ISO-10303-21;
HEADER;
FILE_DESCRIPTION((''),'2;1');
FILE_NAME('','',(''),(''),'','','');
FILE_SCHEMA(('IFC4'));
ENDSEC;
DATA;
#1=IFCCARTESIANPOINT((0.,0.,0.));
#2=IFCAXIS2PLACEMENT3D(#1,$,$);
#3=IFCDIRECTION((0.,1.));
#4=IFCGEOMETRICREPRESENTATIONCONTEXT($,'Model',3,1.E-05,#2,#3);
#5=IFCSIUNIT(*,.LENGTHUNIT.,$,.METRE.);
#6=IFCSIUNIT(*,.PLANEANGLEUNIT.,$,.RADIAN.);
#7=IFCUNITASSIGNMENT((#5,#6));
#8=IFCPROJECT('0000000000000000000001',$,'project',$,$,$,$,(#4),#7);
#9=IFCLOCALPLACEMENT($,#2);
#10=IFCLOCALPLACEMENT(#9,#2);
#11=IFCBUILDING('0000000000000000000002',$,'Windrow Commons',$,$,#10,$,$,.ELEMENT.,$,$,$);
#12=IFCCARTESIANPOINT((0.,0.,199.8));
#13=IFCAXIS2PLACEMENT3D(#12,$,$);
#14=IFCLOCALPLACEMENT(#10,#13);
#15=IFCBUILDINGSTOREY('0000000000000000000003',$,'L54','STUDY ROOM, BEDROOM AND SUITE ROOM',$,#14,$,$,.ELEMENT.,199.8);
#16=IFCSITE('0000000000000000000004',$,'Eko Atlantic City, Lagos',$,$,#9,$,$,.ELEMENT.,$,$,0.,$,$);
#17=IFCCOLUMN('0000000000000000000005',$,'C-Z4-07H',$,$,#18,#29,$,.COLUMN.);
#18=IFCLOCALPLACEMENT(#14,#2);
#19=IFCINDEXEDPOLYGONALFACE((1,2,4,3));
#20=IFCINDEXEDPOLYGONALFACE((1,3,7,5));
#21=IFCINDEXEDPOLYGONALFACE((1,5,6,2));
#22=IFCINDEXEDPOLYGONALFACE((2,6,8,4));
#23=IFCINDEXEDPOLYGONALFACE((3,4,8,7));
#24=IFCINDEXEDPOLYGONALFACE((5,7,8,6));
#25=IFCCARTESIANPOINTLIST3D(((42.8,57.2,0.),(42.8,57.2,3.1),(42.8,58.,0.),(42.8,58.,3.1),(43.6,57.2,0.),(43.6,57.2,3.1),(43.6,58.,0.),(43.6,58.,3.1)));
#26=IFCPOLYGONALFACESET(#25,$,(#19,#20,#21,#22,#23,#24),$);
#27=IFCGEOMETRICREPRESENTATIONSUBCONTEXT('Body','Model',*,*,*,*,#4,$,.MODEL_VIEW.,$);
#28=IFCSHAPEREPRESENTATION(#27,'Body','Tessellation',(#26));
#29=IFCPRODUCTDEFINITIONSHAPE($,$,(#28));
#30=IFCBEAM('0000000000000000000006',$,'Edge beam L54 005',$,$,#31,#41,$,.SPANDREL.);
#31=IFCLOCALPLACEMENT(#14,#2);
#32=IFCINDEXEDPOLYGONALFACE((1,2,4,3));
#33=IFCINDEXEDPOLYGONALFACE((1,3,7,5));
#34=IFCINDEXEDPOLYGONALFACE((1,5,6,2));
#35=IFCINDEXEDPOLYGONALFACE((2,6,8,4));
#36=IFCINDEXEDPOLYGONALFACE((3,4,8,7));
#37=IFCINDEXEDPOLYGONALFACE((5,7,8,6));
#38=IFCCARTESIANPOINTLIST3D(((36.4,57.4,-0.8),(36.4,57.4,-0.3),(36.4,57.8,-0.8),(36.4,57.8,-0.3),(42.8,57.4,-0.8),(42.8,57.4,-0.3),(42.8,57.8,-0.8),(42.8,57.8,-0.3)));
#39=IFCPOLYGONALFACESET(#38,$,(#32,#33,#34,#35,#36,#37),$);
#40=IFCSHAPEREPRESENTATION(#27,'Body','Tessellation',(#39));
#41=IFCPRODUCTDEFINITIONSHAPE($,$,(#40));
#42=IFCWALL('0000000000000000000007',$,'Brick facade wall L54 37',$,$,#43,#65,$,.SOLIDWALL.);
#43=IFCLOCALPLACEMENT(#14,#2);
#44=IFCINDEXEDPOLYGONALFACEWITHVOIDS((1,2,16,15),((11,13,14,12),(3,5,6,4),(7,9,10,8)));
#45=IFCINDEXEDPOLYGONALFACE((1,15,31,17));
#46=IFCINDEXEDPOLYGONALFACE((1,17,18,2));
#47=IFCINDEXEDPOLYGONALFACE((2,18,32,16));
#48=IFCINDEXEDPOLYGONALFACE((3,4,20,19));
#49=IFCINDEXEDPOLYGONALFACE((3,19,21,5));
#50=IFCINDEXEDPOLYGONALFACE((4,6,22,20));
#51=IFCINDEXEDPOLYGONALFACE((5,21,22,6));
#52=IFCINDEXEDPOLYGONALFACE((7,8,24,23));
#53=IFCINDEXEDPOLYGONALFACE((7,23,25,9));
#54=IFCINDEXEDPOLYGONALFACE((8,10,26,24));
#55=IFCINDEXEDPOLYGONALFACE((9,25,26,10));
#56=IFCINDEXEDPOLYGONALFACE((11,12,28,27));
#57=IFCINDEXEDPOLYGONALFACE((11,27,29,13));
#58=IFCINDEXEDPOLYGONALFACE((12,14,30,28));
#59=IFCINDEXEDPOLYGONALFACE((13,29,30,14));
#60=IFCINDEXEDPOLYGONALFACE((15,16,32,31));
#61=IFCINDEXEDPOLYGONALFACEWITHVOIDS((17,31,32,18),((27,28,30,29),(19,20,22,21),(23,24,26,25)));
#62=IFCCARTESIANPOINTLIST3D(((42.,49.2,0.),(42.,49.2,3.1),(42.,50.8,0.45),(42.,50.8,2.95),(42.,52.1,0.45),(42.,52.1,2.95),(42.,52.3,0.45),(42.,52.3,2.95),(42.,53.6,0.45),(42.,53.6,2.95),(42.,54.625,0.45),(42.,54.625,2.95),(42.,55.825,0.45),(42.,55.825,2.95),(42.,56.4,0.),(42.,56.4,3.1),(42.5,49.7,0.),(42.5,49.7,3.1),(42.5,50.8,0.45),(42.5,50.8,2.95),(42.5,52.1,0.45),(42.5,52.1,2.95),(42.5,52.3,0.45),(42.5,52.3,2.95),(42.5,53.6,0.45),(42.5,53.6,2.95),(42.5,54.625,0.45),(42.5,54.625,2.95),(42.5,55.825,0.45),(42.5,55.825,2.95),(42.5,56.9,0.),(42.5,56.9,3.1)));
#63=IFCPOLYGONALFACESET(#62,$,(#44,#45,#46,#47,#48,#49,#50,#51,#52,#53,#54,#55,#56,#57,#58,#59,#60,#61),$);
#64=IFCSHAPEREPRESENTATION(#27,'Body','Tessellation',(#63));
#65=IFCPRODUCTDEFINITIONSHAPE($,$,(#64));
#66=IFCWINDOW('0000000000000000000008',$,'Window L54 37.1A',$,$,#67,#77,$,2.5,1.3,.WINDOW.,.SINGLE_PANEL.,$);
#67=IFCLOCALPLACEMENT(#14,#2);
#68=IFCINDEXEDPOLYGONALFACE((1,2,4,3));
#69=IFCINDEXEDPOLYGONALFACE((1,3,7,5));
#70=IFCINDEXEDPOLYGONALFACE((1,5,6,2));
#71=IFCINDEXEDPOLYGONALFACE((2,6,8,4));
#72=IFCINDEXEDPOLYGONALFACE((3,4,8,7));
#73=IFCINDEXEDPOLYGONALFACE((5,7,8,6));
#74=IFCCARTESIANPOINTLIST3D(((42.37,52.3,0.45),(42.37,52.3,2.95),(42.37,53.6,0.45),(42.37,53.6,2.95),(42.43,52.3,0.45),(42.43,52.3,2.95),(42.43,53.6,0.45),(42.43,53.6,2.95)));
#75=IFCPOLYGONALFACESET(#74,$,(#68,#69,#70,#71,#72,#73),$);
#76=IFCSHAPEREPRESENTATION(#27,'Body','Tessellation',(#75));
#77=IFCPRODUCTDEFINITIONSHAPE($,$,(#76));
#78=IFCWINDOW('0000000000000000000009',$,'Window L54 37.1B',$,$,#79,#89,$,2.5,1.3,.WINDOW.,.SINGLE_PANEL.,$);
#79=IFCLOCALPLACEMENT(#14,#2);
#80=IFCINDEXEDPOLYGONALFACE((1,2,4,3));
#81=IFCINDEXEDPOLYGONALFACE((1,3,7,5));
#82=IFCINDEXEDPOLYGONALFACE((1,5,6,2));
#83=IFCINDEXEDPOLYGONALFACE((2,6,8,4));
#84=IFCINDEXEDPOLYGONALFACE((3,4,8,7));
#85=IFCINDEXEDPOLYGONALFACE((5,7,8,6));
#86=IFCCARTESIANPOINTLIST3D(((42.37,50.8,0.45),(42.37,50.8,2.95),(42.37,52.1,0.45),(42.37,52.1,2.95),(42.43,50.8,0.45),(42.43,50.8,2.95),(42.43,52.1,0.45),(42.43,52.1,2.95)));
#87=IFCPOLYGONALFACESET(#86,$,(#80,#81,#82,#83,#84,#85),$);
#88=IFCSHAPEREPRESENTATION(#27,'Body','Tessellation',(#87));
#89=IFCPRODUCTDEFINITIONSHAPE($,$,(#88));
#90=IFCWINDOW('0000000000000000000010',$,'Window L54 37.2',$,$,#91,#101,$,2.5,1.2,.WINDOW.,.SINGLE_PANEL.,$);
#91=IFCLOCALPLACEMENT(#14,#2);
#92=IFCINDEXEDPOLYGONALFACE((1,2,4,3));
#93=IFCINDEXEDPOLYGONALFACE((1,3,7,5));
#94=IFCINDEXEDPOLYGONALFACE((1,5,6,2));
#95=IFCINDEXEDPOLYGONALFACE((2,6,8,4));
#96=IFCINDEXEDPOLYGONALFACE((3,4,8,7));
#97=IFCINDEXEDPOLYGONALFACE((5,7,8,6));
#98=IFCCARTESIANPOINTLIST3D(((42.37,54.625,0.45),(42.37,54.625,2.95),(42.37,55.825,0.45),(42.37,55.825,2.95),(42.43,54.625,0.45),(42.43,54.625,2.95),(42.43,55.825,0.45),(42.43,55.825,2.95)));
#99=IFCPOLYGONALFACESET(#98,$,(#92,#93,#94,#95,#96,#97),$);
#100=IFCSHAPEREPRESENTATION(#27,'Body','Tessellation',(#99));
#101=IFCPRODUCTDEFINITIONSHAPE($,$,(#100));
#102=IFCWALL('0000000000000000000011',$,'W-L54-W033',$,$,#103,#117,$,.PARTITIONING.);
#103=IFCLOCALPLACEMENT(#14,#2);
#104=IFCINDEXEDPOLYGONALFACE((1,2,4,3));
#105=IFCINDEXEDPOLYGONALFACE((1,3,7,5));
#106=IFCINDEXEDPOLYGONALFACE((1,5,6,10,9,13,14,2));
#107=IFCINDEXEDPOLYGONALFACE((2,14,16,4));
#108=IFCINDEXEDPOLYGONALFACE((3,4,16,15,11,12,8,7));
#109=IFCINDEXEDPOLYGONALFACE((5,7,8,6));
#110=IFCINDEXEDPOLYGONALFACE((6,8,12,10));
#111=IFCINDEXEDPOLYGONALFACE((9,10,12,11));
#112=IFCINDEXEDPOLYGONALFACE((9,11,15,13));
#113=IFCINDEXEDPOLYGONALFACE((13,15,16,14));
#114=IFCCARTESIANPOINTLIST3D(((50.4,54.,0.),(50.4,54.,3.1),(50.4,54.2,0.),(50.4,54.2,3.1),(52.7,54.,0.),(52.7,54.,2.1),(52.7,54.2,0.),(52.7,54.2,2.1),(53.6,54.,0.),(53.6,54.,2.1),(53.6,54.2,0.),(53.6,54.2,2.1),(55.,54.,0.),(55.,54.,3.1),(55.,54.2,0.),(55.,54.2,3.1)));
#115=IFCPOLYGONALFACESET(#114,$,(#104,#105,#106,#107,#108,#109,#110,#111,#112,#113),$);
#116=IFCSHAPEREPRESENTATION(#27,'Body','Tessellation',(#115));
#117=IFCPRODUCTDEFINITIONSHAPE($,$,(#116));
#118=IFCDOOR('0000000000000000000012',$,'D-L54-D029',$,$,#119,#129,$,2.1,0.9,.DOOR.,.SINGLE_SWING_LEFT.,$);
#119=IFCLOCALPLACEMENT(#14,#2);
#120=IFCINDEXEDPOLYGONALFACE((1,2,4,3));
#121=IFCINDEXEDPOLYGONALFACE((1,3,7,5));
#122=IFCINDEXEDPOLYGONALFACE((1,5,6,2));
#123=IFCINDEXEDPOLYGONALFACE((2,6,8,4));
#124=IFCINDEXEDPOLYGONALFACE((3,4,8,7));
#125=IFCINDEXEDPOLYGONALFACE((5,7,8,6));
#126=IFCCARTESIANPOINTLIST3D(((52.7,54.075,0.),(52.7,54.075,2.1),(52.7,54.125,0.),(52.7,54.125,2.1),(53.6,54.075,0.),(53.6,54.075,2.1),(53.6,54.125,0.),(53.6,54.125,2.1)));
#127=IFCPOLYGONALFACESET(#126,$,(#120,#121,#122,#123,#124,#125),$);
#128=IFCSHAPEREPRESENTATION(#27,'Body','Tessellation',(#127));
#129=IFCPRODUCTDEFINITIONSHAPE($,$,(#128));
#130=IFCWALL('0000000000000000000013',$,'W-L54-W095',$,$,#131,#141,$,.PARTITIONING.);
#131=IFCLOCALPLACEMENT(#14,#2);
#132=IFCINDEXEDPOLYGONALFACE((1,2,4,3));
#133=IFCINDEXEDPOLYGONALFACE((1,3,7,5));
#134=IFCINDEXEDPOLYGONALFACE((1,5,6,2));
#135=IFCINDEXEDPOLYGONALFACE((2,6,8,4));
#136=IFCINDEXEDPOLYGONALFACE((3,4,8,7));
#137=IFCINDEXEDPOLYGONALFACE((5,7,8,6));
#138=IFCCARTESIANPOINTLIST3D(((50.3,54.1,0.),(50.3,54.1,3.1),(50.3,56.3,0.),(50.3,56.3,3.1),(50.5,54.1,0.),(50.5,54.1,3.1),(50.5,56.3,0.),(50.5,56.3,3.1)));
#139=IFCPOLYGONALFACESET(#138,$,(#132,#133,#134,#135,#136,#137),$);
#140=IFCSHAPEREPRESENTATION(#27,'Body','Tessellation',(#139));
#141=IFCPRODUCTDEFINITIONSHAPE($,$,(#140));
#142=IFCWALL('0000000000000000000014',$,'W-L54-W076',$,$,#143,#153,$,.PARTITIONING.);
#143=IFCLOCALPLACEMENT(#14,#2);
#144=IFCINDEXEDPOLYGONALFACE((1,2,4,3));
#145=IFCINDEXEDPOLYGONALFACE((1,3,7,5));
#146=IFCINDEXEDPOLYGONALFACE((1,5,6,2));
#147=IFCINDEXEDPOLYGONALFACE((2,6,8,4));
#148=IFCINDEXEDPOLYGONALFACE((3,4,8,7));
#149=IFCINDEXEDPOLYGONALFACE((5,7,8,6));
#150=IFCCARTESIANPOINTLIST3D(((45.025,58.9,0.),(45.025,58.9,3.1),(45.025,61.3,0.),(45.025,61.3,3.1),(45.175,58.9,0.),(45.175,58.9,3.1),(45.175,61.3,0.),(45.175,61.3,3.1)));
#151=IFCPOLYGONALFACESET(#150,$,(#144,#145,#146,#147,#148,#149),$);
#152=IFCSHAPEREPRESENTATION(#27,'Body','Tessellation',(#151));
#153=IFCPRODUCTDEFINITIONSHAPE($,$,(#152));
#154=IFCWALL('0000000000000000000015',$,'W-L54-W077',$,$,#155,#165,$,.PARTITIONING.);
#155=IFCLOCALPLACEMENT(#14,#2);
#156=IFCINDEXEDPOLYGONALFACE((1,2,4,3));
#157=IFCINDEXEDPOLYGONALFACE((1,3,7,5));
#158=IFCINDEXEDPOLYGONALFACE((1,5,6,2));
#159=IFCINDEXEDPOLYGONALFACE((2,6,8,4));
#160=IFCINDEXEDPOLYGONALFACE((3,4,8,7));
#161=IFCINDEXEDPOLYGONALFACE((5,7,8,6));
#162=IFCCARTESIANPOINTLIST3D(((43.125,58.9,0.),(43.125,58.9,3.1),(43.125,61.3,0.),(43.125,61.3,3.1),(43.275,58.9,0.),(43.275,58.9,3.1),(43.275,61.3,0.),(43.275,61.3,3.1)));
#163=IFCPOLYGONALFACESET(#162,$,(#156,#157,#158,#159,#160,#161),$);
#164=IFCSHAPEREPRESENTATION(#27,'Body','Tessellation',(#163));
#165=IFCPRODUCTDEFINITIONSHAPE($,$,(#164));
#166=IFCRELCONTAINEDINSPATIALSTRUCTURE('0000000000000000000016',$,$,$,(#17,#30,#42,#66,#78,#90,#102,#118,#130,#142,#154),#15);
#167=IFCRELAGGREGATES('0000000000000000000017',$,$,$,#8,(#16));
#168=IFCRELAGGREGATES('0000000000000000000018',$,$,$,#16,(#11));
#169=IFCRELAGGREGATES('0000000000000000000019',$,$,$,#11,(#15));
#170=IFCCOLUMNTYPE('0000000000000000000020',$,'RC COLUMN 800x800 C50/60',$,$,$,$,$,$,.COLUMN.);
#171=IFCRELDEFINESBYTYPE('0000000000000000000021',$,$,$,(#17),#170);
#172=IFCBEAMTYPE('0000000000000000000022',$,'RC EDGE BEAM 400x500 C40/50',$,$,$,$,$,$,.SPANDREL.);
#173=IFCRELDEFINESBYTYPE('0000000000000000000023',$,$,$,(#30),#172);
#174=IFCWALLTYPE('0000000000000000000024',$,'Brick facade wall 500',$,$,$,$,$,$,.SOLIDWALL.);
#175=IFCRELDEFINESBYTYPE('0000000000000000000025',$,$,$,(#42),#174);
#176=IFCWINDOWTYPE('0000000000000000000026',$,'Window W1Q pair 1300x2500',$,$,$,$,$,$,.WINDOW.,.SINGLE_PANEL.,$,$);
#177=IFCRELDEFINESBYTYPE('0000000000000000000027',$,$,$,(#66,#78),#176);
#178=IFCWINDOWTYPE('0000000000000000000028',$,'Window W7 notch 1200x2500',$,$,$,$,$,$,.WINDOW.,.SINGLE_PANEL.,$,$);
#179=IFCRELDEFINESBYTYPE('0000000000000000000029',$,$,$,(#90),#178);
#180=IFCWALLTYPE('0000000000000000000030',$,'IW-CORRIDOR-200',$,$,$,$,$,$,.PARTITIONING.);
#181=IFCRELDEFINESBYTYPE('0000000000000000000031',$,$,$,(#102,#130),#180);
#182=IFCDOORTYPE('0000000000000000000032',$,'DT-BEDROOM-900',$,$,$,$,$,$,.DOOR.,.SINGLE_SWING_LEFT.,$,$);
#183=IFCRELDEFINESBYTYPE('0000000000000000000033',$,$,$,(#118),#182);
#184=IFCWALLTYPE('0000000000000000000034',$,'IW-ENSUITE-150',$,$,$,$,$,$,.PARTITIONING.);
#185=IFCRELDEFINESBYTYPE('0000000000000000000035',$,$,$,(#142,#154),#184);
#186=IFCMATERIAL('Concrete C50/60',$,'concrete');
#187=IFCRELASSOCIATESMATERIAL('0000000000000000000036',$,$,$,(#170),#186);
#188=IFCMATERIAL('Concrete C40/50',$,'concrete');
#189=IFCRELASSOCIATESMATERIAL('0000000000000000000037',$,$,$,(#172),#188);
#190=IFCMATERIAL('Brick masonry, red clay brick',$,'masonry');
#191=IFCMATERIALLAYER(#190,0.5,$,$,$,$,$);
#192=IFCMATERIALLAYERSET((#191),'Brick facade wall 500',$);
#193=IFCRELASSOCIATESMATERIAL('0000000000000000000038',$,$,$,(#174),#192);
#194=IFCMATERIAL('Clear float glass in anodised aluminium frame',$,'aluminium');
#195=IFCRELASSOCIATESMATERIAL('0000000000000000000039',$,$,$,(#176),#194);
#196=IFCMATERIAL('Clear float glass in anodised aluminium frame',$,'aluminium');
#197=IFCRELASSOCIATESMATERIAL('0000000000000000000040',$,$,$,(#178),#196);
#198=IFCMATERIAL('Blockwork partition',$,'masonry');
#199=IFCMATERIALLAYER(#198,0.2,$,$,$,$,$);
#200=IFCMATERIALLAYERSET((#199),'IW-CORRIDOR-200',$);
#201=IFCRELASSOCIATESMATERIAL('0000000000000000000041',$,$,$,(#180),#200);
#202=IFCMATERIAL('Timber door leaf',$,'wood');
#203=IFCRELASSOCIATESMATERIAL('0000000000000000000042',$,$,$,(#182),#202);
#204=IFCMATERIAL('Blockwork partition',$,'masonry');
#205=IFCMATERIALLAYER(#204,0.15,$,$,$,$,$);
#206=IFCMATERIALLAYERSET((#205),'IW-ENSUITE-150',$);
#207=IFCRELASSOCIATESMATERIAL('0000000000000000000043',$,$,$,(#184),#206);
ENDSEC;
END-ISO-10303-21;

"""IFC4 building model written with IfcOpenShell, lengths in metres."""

from ifc_helpers import new_model, si_unit, direction, frame, frame_2d, origin, origin_2d, place, context, subcontext, project, spatial, polyline, rectangle, outline, extrude, material, layer, layer_set, material_profile, profile_set, type_object, element, fill, save


model = new_model("IFC4")

# Units and contexts
model_context = context("Model", 3, precision=1e-05, world=origin(), true_north=direction((0.0, 1.0)))
body_context = subcontext(model_context, "Body", "Model", "MODEL_VIEW")
ifc_project = project(units=[si_unit("LENGTHUNIT", "METRE"), si_unit("PLANEANGLEUNIT", "RADIAN")], contexts=[model_context])

# Site, building, storey
site_placement = place(None, origin())
site = spatial("IfcSite", under=ifc_project, at=site_placement, Name="Eko Atlantic City, Lagos", CompositionType="ELEMENT", RefElevation=0.0)
building_placement = place(site_placement, origin())
building = spatial("IfcBuilding", under=site, at=building_placement, Name="Windrow Commons", CompositionType="ELEMENT")
storey_placement = place(building_placement, frame((0.0, 0.0, 199.8)))
storey = spatial("IfcBuildingStorey", under=building, at=storey_placement, Name="L54", Description="STUDY ROOM, BEDROOM AND SUITE ROOM", CompositionType="ELEMENT", Elevation=199.8)

# Column
ifc_material_1 = material(Name="Concrete C50/60", Category="concrete")
ifc_material_profile_1 = material_profile(ifc_material_1, rectangle(XDim=0.8, YDim=0.8, at=origin_2d()))
ifc_profile_set_1 = profile_set([ifc_material_profile_1], Name="Concrete C50/60")
column_type = type_object("IfcColumnType", Name="RC COLUMN 800x800 C50/60", PredefinedType="COLUMN", material=ifc_profile_set_1)
column_placement = place(storey_placement, frame((43.2, 57.6, 0.0), z_axis=(0.0, 0.0, 1.0), x_axis=(1.0, 0.0, 0.0)))
element("IfcColumn", 1, at=column_placement, inside=storey, type_object=column_type, Name="C-Z4-07H", PredefinedType="COLUMN", context=body_context, shape_type="SweptSolid", body=[
    extrude(rectangle(XDim=0.8, YDim=0.8, at=origin_2d()), origin(), (0.0, 0.0, 1.0), 3.1),
])

# Beam
ifc_material_2 = material(Name="Concrete C40/50", Category="concrete")
ifc_material_profile_2 = material_profile(ifc_material_2, rectangle(XDim=0.4, YDim=0.5, at=origin_2d()))
ifc_profile_set_2 = profile_set([ifc_material_profile_2], Name="Concrete C40/50")
beam_type = type_object("IfcBeamType", Name="RC EDGE BEAM 400x500 C40/50", PredefinedType="SPANDREL", material=ifc_profile_set_2)
beam_placement = place(storey_placement, frame((42.8, 57.6, -0.55), z_axis=(-1.0, 0.0, 0.0), x_axis=(0.0, -1.0, 0.0)))
element("IfcBeam", 2, at=beam_placement, inside=storey, type_object=beam_type, Name="Edge beam L54 005", PredefinedType="SPANDREL", context=body_context, shape_type="SweptSolid", body=[
    extrude(rectangle(XDim=0.4, YDim=0.5, at=origin_2d()), origin(), (0.0, 0.0, 1.0), 6.4),
])

# Wall, openings, windows
ifc_material_3 = material(Name="Brick masonry, red clay brick", Category="masonry")
ifc_layer_1 = layer(ifc_material_3, 0.5)
ifc_layer_set_1 = layer_set([ifc_layer_1], Name="Brick facade wall 500")
wall_type_1 = type_object("IfcWallType", Name="Brick facade wall 500", PredefinedType="SOLIDWALL", material=ifc_layer_set_1)
wall_1_placement = place(storey_placement, frame((42.25, 56.65, 0.0), z_axis=(0.0, 0.0, 1.0), x_axis=(0.0, -1.0, 0.0)))
wall_1 = element("IfcWall", 3, at=wall_1_placement, inside=storey, type_object=wall_type_1, Name="Brick facade wall L54 37", PredefinedType="SOLIDWALL", context=body_context, shape_type="SweptSolid", body=[
    extrude(outline(polyline([(0.25, -0.25), (7.45, -0.25), (6.95, 0.25), (-0.25, 0.25), (0.25, -0.25)])), origin(), (0.0, 0.0, 1.0), 3.1),
])
opening_1_placement = place(wall_1_placement, frame((3.05, 0.0, 0.45)))
opening_1 = element("IfcOpeningElement", 4, at=opening_1_placement, cuts=wall_1, PredefinedType="OPENING", context=body_context, shape_type="SweptSolid", body=[
    extrude(rectangle(XDim=1.3, YDim=2.5, at=frame_2d((0.65, 1.25))), frame((0.0, 0.26, 0.0), z_axis=(0.0, -1.0, 0.0), x_axis=(1.0, 0.0, 0.0)), (0.0, 0.0, 1.0), 0.52),
])
opening_2_placement = place(wall_1_placement, frame((4.55, 0.0, 0.45)))
opening_2 = element("IfcOpeningElement", 5, at=opening_2_placement, cuts=wall_1, PredefinedType="OPENING", context=body_context, shape_type="SweptSolid", body=[
    extrude(rectangle(XDim=1.3, YDim=2.5, at=frame_2d((0.65, 1.25))), frame((0.0, 0.26, 0.0), z_axis=(0.0, -1.0, 0.0), x_axis=(1.0, 0.0, 0.0)), (0.0, 0.0, 1.0), 0.52),
])
opening_3_placement = place(wall_1_placement, frame((0.825, 0.0, 0.45)))
opening_3 = element("IfcOpeningElement", 6, at=opening_3_placement, cuts=wall_1, PredefinedType="OPENING", context=body_context, shape_type="SweptSolid", body=[
    extrude(rectangle(XDim=1.2, YDim=2.5, at=frame_2d((0.6, 1.25))), frame((0.0, 0.26, 0.0), z_axis=(0.0, -1.0, 0.0), x_axis=(1.0, 0.0, 0.0)), (0.0, 0.0, 1.0), 0.52),
])
ifc_material_4 = material(Name="Clear float glass in anodised aluminium frame", Category="aluminium")
window_type_1 = type_object("IfcWindowType", Name="Window W1Q pair 1300x2500", PartitioningType="SINGLE_PANEL", PredefinedType="WINDOW", material=ifc_material_4)
window_1_placement = place(opening_1_placement, origin())
window_1 = element("IfcWindow", 7, at=window_1_placement, inside=storey, type_object=window_type_1, Name="Window L54 37.1A", OverallHeight=2.5, OverallWidth=1.3, PartitioningType="SINGLE_PANEL", PredefinedType="WINDOW", context=body_context, shape_type="SweptSolid", body=[
    extrude(rectangle(XDim=1.3, YDim=2.5, at=frame_2d((0.65, 1.25))), frame((0.0, 0.18, 0.0), z_axis=(0.0, -1.0, 0.0), x_axis=(1.0, 0.0, 0.0)), (0.0, 0.0, 1.0), 0.06),
])
fill(opening_1, window_1)
window_2_placement = place(opening_2_placement, origin())
window_2 = element("IfcWindow", 8, at=window_2_placement, inside=storey, type_object=window_type_1, Name="Window L54 37.1B", OverallHeight=2.5, OverallWidth=1.3, PartitioningType="SINGLE_PANEL", PredefinedType="WINDOW", context=body_context, shape_type="SweptSolid", body=[
    extrude(rectangle(XDim=1.3, YDim=2.5, at=frame_2d((0.65, 1.25))), frame((0.0, 0.18, 0.0), z_axis=(0.0, -1.0, 0.0), x_axis=(1.0, 0.0, 0.0)), (0.0, 0.0, 1.0), 0.06),
])
fill(opening_2, window_2)
ifc_material_5 = material(Name="Clear float glass in anodised aluminium frame", Category="aluminium")
window_type_2 = type_object("IfcWindowType", Name="Window W7 notch 1200x2500", PartitioningType="SINGLE_PANEL", PredefinedType="WINDOW", material=ifc_material_5)
window_3_placement = place(opening_3_placement, origin())
window_3 = element("IfcWindow", 9, at=window_3_placement, inside=storey, type_object=window_type_2, Name="Window L54 37.2", OverallHeight=2.5, OverallWidth=1.2, PartitioningType="SINGLE_PANEL", PredefinedType="WINDOW", context=body_context, shape_type="SweptSolid", body=[
    extrude(rectangle(XDim=1.2, YDim=2.5, at=frame_2d((0.6, 1.25))), frame((0.0, 0.18, 0.0), z_axis=(0.0, -1.0, 0.0), x_axis=(1.0, 0.0, 0.0)), (0.0, 0.0, 1.0), 0.06),
])
fill(opening_3, window_3)

# Wall, opening, door
ifc_material_6 = material(Name="Blockwork partition", Category="masonry")
ifc_layer_2 = layer(ifc_material_6, 0.2)
ifc_layer_set_2 = layer_set([ifc_layer_2], Name="IW-CORRIDOR-200")
wall_type_2 = type_object("IfcWallType", Name="IW-CORRIDOR-200", PredefinedType="PARTITIONING", material=ifc_layer_set_2)
wall_2_placement = place(storey_placement, frame((50.4, 54.1, 0.0), z_axis=(0.0, 0.0, 1.0), x_axis=(1.0, 0.0, 0.0)))
wall_2 = element("IfcWall", 10, at=wall_2_placement, inside=storey, type_object=wall_type_2, Name="W-L54-W033", PredefinedType="PARTITIONING", context=body_context, shape_type="SweptSolid", body=[
    extrude(rectangle(XDim=4.6, YDim=0.2, at=frame_2d((2.3, 0.0))), origin(), (0.0, 0.0, 1.0), 3.1),
])
opening_4_placement = place(wall_2_placement, frame((2.3, 0.0, 0.0)))
opening_4 = element("IfcOpeningElement", 11, at=opening_4_placement, cuts=wall_2, PredefinedType="OPENING", context=body_context, shape_type="SweptSolid", body=[
    extrude(rectangle(XDim=0.9, YDim=2.1, at=frame_2d((0.45, 1.05))), frame((0.0, 0.11, 0.0), z_axis=(0.0, -1.0, 0.0), x_axis=(1.0, 0.0, 0.0)), (0.0, 0.0, 1.0), 0.22),
])
ifc_material_7 = material(Name="Timber door leaf", Category="wood")
door_type_1 = type_object("IfcDoorType", Name="DT-BEDROOM-900", OperationType="SINGLE_SWING_LEFT", PredefinedType="DOOR", material=ifc_material_7)
door_1_placement = place(opening_4_placement, origin())
door_1 = element("IfcDoor", 12, at=door_1_placement, inside=storey, type_object=door_type_1, Name="D-L54-D029", OperationType="SINGLE_SWING_LEFT", OverallHeight=2.1, OverallWidth=0.9, PredefinedType="DOOR", context=body_context, shape_type="SweptSolid", body=[
    extrude(rectangle(XDim=0.9, YDim=2.1, at=frame_2d((0.45, 1.05))), frame((0.0, 0.025, 0.0), z_axis=(0.0, -1.0, 0.0), x_axis=(1.0, 0.0, 0.0)), (0.0, 0.0, 1.0), 0.05),
])
fill(opening_4, door_1)

# Walls
wall_3_placement = place(storey_placement, frame((50.4, 54.1, 0.0), z_axis=(0.0, 0.0, 1.0), x_axis=(0.0, 1.0, 0.0)))
element("IfcWall", 13, at=wall_3_placement, inside=storey, type_object=wall_type_2, Name="W-L54-W095", PredefinedType="PARTITIONING", context=body_context, shape_type="SweptSolid", body=[
    extrude(rectangle(XDim=2.2, YDim=0.2, at=frame_2d((1.1, 0.0))), origin(), (0.0, 0.0, 1.0), 3.1),
])
ifc_material_8 = material(Name="Blockwork partition", Category="masonry")
ifc_layer_3 = layer(ifc_material_8, 0.15)
ifc_layer_set_3 = layer_set([ifc_layer_3], Name="IW-ENSUITE-150")
wall_type_3 = type_object("IfcWallType", Name="IW-ENSUITE-150", PredefinedType="PARTITIONING", material=ifc_layer_set_3)
for number, where, z_axis, x_axis, name in (
    (14, (45.1, 58.9, 0.0), (0.0, 0.0, 1.0), (0.0, 1.0, 0.0), "W-L54-W076"),
    (15, (43.2, 58.9, 0.0), (0.0, 0.0, 1.0), (0.0, 1.0, 0.0), "W-L54-W077"),
):
    element("IfcWall", number, at=place(storey_placement, frame(where, z_axis=z_axis, x_axis=x_axis)), inside=storey, type_object=wall_type_3, Name=name, PredefinedType="PARTITIONING", context=body_context, shape_type="SweptSolid", body=[
        extrude(rectangle(XDim=2.4, YDim=0.15, at=frame_2d((1.2, 0.0))), origin(), (0.0, 0.0, 1.0), 3.1),
    ])

save(model, "model.ifc")
